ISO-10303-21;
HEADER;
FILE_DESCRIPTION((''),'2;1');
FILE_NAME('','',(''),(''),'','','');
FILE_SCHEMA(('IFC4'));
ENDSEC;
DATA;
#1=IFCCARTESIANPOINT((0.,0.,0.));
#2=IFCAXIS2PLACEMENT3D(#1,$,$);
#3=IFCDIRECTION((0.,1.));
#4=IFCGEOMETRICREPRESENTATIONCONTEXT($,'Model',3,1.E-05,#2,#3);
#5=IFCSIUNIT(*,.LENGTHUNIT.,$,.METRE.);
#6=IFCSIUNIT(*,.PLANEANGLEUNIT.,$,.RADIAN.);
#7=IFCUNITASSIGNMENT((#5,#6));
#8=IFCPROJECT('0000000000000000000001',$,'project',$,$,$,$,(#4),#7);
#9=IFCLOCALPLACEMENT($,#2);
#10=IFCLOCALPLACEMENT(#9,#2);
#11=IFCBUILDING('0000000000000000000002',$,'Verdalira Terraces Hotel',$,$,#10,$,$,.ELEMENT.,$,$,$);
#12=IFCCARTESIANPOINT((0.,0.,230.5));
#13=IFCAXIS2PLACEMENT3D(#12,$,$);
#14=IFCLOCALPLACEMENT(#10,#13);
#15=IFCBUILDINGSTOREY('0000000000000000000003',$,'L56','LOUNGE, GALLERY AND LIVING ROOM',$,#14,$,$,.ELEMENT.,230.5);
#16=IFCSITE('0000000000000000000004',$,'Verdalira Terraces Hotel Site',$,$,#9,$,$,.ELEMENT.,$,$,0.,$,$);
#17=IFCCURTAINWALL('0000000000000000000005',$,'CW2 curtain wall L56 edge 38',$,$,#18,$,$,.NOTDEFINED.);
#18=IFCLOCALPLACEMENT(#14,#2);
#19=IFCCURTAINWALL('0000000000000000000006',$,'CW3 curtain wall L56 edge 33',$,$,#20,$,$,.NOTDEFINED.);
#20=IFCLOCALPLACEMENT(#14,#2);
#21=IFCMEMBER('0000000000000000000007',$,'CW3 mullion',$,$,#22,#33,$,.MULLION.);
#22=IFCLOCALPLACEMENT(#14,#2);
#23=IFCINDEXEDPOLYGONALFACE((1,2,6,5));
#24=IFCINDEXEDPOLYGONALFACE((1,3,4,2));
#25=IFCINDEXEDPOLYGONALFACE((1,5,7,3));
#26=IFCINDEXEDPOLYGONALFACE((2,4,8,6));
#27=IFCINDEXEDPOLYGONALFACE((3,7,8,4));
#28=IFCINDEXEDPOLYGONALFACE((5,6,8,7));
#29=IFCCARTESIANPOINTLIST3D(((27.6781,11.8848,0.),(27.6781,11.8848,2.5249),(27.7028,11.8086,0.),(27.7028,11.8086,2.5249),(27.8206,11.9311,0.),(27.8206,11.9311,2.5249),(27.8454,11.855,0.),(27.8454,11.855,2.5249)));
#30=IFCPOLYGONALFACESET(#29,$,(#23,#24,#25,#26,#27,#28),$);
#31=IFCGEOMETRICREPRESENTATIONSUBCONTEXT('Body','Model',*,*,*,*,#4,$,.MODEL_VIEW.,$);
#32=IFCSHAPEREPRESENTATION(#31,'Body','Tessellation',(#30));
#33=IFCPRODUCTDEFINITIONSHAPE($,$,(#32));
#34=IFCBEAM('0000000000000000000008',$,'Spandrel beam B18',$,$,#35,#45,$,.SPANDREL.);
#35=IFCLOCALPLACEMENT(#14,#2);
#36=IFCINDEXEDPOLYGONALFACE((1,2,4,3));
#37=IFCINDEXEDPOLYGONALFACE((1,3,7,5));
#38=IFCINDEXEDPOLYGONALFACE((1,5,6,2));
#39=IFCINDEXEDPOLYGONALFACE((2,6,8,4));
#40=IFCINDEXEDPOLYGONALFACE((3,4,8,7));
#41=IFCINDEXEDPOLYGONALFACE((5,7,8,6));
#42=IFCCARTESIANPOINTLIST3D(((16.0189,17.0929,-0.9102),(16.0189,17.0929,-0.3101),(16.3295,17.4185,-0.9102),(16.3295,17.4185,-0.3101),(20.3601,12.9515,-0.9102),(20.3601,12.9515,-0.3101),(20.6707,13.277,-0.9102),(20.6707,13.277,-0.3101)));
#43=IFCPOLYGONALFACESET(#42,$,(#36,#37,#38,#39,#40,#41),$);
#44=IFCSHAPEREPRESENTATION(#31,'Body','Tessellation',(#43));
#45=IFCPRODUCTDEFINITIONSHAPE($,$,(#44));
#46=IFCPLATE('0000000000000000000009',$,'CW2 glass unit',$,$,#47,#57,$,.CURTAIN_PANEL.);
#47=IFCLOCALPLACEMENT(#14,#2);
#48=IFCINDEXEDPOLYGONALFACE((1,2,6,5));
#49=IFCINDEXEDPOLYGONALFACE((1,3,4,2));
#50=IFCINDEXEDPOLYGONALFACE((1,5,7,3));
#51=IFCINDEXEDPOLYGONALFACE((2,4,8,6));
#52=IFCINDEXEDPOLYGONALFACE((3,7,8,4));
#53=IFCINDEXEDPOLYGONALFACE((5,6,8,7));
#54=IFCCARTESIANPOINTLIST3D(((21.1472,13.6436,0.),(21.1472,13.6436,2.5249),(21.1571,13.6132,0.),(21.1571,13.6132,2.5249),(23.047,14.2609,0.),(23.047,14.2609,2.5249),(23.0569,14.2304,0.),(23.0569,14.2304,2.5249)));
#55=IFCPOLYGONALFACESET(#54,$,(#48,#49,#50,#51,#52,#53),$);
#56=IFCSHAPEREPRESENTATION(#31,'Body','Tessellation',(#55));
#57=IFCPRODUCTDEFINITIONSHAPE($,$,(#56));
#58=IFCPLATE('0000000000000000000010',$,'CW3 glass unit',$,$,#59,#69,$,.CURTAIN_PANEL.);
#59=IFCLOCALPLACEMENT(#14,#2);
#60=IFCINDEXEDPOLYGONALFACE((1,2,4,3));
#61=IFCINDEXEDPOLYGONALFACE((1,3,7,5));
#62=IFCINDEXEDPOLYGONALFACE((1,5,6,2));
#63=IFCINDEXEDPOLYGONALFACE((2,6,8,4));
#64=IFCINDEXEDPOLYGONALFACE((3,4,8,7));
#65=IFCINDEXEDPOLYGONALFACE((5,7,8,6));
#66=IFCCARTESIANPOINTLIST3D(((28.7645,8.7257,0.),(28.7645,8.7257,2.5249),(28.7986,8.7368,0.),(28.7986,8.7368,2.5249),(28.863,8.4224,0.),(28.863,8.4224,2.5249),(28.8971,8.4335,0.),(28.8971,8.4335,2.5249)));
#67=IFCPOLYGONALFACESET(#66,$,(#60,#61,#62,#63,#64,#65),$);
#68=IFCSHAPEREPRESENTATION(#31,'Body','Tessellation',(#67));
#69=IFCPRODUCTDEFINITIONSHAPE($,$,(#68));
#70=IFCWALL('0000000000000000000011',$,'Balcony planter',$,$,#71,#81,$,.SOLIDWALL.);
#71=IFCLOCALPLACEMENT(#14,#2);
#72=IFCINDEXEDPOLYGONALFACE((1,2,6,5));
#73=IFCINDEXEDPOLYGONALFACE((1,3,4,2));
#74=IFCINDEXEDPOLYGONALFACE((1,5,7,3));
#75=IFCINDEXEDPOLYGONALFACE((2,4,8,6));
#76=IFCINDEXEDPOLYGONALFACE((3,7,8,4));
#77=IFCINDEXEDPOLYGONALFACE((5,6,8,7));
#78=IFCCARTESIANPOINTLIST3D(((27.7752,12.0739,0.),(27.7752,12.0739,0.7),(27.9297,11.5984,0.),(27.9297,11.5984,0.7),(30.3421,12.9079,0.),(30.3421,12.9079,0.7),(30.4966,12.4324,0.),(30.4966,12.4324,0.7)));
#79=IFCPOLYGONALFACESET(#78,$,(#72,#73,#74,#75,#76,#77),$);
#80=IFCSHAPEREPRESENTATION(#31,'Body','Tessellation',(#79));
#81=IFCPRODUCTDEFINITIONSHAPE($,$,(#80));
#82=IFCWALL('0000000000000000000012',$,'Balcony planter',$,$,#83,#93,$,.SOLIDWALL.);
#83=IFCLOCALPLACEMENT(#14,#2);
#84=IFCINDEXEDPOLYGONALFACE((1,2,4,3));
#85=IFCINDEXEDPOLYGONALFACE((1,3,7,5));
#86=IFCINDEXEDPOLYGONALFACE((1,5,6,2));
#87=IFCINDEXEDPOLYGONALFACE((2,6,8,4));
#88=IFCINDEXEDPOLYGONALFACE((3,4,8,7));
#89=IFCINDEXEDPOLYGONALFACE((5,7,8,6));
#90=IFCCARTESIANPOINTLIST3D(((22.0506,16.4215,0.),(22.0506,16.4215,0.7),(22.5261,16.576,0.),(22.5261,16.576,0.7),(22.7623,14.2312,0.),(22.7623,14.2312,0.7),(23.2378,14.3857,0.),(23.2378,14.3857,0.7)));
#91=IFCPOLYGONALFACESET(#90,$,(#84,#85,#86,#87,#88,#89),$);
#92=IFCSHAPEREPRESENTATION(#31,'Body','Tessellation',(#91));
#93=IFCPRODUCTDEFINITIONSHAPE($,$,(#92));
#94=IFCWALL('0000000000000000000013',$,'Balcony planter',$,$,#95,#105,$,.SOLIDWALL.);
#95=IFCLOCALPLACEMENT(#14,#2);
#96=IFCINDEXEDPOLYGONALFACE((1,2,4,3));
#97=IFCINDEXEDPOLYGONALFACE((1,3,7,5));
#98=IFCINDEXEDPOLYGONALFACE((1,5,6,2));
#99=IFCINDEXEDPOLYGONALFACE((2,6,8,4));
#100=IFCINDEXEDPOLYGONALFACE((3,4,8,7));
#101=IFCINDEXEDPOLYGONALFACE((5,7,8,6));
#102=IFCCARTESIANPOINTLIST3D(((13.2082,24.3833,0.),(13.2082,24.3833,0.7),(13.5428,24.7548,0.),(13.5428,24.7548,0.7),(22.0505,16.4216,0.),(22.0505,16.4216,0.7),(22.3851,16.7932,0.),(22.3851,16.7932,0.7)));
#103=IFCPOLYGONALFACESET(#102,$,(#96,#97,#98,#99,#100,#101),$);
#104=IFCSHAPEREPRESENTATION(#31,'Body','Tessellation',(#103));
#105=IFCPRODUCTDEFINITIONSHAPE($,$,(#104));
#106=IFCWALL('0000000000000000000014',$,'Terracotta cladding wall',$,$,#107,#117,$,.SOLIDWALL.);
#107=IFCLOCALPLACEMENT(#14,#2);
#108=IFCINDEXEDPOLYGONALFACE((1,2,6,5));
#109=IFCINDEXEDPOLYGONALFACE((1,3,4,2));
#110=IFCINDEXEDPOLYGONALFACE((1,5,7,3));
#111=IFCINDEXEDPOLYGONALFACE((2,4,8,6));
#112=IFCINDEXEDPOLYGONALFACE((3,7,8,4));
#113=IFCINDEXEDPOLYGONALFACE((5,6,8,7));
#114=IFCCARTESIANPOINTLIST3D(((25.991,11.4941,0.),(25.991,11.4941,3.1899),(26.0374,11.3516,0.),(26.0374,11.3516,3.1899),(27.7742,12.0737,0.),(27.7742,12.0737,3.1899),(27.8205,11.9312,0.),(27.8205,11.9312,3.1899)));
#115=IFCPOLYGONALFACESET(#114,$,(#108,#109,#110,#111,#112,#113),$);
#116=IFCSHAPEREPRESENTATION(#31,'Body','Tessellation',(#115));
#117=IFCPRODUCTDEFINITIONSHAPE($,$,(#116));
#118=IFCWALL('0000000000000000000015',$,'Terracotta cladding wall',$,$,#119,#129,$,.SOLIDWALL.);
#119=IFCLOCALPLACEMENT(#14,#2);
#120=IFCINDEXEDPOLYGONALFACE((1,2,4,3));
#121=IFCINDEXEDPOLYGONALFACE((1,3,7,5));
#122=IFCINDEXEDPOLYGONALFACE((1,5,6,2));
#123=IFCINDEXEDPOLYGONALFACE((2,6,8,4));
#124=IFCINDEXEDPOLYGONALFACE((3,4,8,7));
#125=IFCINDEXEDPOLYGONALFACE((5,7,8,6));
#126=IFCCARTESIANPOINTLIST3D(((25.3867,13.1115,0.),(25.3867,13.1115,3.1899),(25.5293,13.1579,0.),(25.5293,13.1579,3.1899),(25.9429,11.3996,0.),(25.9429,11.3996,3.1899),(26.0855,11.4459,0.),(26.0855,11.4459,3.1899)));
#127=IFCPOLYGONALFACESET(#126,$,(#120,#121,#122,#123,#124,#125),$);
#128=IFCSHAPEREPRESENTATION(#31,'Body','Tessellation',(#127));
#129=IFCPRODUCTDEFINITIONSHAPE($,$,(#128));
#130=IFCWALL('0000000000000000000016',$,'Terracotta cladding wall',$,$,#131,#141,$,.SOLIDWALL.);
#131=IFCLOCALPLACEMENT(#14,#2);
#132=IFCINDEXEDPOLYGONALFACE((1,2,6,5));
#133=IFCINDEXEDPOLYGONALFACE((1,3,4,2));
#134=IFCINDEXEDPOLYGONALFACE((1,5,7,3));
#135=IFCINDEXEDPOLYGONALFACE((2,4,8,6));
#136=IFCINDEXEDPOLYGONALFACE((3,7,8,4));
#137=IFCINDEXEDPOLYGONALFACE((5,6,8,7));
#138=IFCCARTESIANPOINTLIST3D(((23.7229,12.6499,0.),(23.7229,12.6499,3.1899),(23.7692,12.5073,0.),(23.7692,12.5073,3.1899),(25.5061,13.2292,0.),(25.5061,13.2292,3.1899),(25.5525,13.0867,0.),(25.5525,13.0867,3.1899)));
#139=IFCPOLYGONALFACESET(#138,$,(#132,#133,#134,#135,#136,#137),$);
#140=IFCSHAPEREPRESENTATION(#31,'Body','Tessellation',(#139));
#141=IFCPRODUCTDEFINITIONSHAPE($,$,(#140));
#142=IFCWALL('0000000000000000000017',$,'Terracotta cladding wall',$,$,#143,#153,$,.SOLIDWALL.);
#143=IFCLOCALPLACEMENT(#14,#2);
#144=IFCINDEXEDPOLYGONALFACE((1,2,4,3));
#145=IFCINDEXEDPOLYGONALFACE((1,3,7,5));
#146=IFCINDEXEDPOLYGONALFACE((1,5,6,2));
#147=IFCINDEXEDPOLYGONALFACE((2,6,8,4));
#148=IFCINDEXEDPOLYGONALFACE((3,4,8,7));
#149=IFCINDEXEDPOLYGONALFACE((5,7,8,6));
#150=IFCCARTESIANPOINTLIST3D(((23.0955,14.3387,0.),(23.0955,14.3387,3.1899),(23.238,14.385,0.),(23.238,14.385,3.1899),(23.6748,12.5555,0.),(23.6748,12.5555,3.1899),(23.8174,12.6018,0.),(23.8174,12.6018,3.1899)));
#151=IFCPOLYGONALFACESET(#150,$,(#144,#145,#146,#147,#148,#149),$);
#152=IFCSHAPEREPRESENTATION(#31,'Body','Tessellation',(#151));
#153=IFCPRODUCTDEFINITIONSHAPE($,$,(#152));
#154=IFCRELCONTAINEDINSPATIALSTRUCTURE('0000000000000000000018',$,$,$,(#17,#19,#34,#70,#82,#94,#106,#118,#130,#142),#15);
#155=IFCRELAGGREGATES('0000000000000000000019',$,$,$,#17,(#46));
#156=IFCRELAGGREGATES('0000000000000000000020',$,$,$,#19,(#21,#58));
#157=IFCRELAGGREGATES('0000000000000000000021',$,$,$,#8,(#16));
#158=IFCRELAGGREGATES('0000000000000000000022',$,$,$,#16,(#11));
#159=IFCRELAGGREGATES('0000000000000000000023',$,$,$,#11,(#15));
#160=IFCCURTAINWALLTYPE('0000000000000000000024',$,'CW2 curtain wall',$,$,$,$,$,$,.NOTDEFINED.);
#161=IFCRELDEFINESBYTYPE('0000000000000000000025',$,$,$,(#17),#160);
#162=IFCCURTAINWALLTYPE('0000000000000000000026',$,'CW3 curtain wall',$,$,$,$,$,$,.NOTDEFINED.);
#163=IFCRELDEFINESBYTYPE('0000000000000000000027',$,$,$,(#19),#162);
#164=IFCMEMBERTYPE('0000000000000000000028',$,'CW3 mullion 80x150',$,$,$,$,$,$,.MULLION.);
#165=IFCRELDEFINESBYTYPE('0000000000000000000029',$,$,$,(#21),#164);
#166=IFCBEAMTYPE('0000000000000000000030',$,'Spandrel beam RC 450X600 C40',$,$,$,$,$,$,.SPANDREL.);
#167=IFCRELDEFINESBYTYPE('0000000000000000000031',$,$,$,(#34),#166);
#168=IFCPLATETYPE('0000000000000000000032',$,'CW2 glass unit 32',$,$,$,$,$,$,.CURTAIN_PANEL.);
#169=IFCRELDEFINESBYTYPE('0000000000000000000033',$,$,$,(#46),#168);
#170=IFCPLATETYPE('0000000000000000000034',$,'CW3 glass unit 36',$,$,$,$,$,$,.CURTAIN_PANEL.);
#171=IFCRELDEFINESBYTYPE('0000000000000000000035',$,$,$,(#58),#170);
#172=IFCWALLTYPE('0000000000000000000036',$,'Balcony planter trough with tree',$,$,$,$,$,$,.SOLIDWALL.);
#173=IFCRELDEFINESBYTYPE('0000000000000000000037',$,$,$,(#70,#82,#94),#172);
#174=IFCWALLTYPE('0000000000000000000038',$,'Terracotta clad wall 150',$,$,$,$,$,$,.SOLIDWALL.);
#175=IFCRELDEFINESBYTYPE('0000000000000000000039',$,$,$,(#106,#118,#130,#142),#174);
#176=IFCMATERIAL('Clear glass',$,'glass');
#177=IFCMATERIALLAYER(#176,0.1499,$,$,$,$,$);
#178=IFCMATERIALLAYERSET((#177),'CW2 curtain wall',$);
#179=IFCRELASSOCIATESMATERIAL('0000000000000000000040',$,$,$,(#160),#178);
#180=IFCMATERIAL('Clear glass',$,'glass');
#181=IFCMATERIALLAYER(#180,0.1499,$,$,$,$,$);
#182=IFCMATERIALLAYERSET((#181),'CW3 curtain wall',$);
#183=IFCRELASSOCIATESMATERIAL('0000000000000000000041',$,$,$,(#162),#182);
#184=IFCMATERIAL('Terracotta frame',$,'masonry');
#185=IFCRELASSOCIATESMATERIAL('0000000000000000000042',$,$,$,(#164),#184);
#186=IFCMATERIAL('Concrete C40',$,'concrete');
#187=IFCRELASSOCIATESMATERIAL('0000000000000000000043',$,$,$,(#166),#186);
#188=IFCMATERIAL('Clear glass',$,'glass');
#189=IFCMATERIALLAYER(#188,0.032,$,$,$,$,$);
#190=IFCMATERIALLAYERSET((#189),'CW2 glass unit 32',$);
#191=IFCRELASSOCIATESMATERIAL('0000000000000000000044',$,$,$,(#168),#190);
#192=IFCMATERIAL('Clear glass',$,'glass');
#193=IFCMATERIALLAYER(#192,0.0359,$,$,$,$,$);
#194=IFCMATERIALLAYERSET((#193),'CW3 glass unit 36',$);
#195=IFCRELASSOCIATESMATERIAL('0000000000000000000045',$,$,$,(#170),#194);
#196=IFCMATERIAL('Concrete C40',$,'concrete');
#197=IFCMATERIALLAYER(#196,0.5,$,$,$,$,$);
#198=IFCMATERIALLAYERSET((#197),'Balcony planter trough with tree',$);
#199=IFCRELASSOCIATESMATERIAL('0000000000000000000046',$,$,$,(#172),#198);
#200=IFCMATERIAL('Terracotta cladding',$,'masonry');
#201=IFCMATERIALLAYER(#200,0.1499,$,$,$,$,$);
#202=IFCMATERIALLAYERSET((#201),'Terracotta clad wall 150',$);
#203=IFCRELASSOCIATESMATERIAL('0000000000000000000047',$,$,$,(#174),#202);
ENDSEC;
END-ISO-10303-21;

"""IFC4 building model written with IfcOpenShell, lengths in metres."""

from ifc_helpers import new_model, si_unit, direction, frame, frame_2d, origin, origin_2d, place, context, subcontext, project, spatial, rectangle, extrude, material, layer, layer_set, material_profile, profile_set, type_object, element, aggregate, save


model = new_model("IFC4")

# Units and contexts
model_context = context("Model", 3, precision=1e-05, world=origin(), true_north=direction((0.0, 1.0)))
body_context = subcontext(model_context, "Body", "Model", "MODEL_VIEW")
ifc_project = project(units=[si_unit("LENGTHUNIT", "METRE"), si_unit("PLANEANGLEUNIT", "RADIAN")], contexts=[model_context])

# Site, building, storey
site_placement = place(None, origin())
site = spatial("IfcSite", under=ifc_project, at=site_placement, Name="Verdalira Terraces Hotel Site", CompositionType="ELEMENT", RefElevation=0.0)
building_placement = place(site_placement, origin())
building = spatial("IfcBuilding", under=site, at=building_placement, Name="Verdalira Terraces Hotel", CompositionType="ELEMENT")
storey_placement = place(building_placement, frame((0.0, 0.0, 230.5)))
storey = spatial("IfcBuildingStorey", under=building, at=storey_placement, Name="L56", Description="LOUNGE, GALLERY AND LIVING ROOM", CompositionType="ELEMENT", Elevation=230.5)

# Curtain wall
ifc_material_1 = material(Name="Clear glass", Category="glass")
ifc_layer_1 = layer(ifc_material_1, 0.1499)
ifc_layer_set_1 = layer_set([ifc_layer_1], Name="CW2 curtain wall")
curtain_wall_type_1 = type_object("IfcCurtainWallType", Name="CW2 curtain wall", PredefinedType="NOTDEFINED", material=ifc_layer_set_1)
curtain_wall_1_placement = place(storey_placement, origin())
curtain_wall_1 = element("IfcCurtainWall", 1, at=curtain_wall_1_placement, inside=storey, type_object=curtain_wall_type_1, Name="CW2 curtain wall L56 edge 38", PredefinedType="NOTDEFINED")

# Curtain wall, member
ifc_material_2 = material(Name="Clear glass", Category="glass")
ifc_layer_2 = layer(ifc_material_2, 0.1499)
ifc_layer_set_2 = layer_set([ifc_layer_2], Name="CW3 curtain wall")
curtain_wall_type_2 = type_object("IfcCurtainWallType", Name="CW3 curtain wall", PredefinedType="NOTDEFINED", material=ifc_layer_set_2)
curtain_wall_2_placement = place(storey_placement, origin())
curtain_wall_2 = element("IfcCurtainWall", 2, at=curtain_wall_2_placement, inside=storey, type_object=curtain_wall_type_2, Name="CW3 curtain wall L56 edge 33", PredefinedType="NOTDEFINED")
ifc_material_3 = material(Name="Terracotta frame", Category="masonry")
ifc_material_profile_1 = material_profile(ifc_material_3, rectangle(XDim=0.0801, YDim=0.1499, at=origin_2d()), Name="MU 80x150")
ifc_profile_set_1 = profile_set([ifc_material_profile_1], Name="Terracotta frame")
member_type_1 = type_object("IfcMemberType", Name="CW3 mullion 80x150", PredefinedType="MULLION", material=ifc_profile_set_1)
member_1_placement = place(storey_placement, frame((27.7617, 11.8699, 0.0), z_axis=(0.0, 0.0, 1.0), x_axis=(-0.309017, 0.951057, 0.0)))
member_1 = element("IfcMember", 3, at=member_1_placement, type_object=member_type_1, Name="CW3 mullion", PredefinedType="MULLION", context=body_context, shape_type="SweptSolid", body=[
    extrude(rectangle(XDim=0.0801, YDim=0.1499, at=origin_2d()), origin(), (0.0, 0.0, 1.0), 2.5249),
])

# Beam
ifc_material_4 = material(Name="Concrete C40", Category="concrete")
ifc_material_profile_2 = material_profile(ifc_material_4, rectangle(XDim=0.45, YDim=0.6001, at=origin_2d()), Name="RC 450X600")
ifc_profile_set_2 = profile_set([ifc_material_profile_2], Name="Concrete C40")
beam_type_1 = type_object("IfcBeamType", Name="Spandrel beam RC 450X600 C40", PredefinedType="SPANDREL", material=ifc_profile_set_2)
beam_1_placement = place(storey_placement, frame((20.5154, 13.1143, -0.6101), z_axis=(-0.723554, 0.690268, 0.0), x_axis=(-0.690268, -0.723554, 0.0)))
element("IfcBeam", 4, at=beam_1_placement, inside=storey, type_object=beam_type_1, Name="Spandrel beam B18", PredefinedType="SPANDREL", context=body_context, shape_type="SweptSolid", body=[
    extrude(rectangle(XDim=0.45, YDim=0.6001, at=origin_2d()), origin(), (0.0, 0.0, 1.0), 5.9998),
])

# Plates
ifc_material_5 = material(Name="Clear glass", Category="glass")
ifc_layer_3 = layer(ifc_material_5, 0.032)
ifc_layer_set_3 = layer_set([ifc_layer_3], Name="CW2 glass unit 32")
plate_type_1 = type_object("IfcPlateType", Name="CW2 glass unit 32", PredefinedType="CURTAIN_PANEL", material=ifc_layer_set_3)
plate_1_placement = place(storey_placement, frame((22.1021, 13.937, 0.0), z_axis=(0.0, 0.0, 1.0), x_axis=(-0.951057, -0.309017, 0.0)))
plate_1 = element("IfcPlate", 5, at=plate_1_placement, type_object=plate_type_1, Name="CW2 glass unit", PredefinedType="CURTAIN_PANEL", context=body_context, shape_type="SweptSolid", body=[
    extrude(rectangle(XDim=1.9976, YDim=0.032, at=origin_2d()), origin(), (0.0, 0.0, 1.0), 2.5249),
])
aggregate(curtain_wall_1, [plate_1])
ifc_material_6 = material(Name="Clear glass", Category="glass")
ifc_layer_4 = layer(ifc_material_6, 0.0359)
ifc_layer_set_4 = layer_set([ifc_layer_4], Name="CW3 glass unit 36")
plate_type_2 = type_object("IfcPlateType", Name="CW3 glass unit 36", PredefinedType="CURTAIN_PANEL", material=ifc_layer_set_4)
plate_2_placement = place(storey_placement, frame((28.8308, 8.5796, 0.0), z_axis=(0.0, 0.0, 1.0), x_axis=(-0.309017, 0.951057, 0.0)))
plate_2 = element("IfcPlate", 6, at=plate_2_placement, type_object=plate_type_2, Name="CW3 glass unit", PredefinedType="CURTAIN_PANEL", context=body_context, shape_type="SweptSolid", body=[
    extrude(rectangle(XDim=0.3188, YDim=0.0359, at=origin_2d()), origin(), (0.0, 0.0, 1.0), 2.5249),
])
aggregate(curtain_wall_2, [member_1, plate_2])

# Walls
ifc_material_7 = material(Name="Concrete C40", Category="concrete")
ifc_layer_5 = layer(ifc_material_7, 0.5)
ifc_layer_set_5 = layer_set([ifc_layer_5], Name="Balcony planter trough with tree")
wall_type_1 = type_object("IfcWallType", Name="Balcony planter trough with tree", PredefinedType="SOLIDWALL", material=ifc_layer_set_5)
wall_1_placement = place(storey_placement, frame((30.4194, 12.6702, 0.0), z_axis=(0.0, 0.0, 1.0), x_axis=(-0.951062, -0.309, 0.0)))
element("IfcWall", 7, at=wall_1_placement, inside=storey, type_object=wall_type_1, Name="Balcony planter", PredefinedType="SOLIDWALL", context=body_context, shape_type="SweptSolid", body=[
    extrude(rectangle(XDim=2.699, YDim=0.5, at=frame_2d((1.3496, 0.0))), origin(), (0.0, 0.0, 1.0), 0.7),
])
wall_2_placement = place(storey_placement, frame((23.0, 14.3086, 0.0), z_axis=(0.0, 0.0, 1.0), x_axis=(-0.309031, 0.951052, 0.0)))
element("IfcWall", 8, at=wall_2_placement, inside=storey, type_object=wall_type_1, Name="Balcony planter", PredefinedType="SOLIDWALL", context=body_context, shape_type="SweptSolid", body=[
    extrude(rectangle(XDim=2.303, YDim=0.5, at=frame_2d((1.1514, 0.0))), origin(), (0.0, 0.0, 1.0), 0.7),
])
wall_3_placement = place(storey_placement, frame((22.2178, 16.6074, 0.0), z_axis=(0.0, 0.0, 1.0), x_axis=(-0.743143, 0.669132, 0.0)))
element("IfcWall", 9, at=wall_3_placement, inside=storey, type_object=wall_type_1, Name="Balcony planter", PredefinedType="SOLIDWALL", context=body_context, shape_type="SweptSolid", body=[
    extrude(rectangle(XDim=11.8984, YDim=0.5, at=frame_2d((5.9492, 0.0))), origin(), (0.0, 0.0, 1.0), 0.7),
])
ifc_material_8 = material(Name="Terracotta cladding", Category="masonry")
ifc_layer_6 = layer(ifc_material_8, 0.1499)
ifc_layer_set_6 = layer_set([ifc_layer_6], Name="Terracotta clad wall 150")
wall_type_2 = type_object("IfcWallType", Name="Terracotta clad wall 150", PredefinedType="SOLIDWALL", material=ifc_layer_set_6)
wall_4_placement = place(storey_placement, frame((27.7974, 12.0024, 0.0), z_axis=(0.0, 0.0, 1.0), x_axis=(-0.951026, -0.30911, 0.0)))
element("IfcWall", 10, at=wall_4_placement, inside=storey, type_object=wall_type_2, Name="Terracotta cladding wall", PredefinedType="SOLIDWALL", context=body_context, shape_type="SweptSolid", body=[
    extrude(rectangle(XDim=1.875, YDim=0.1499, at=frame_2d((0.9375, 0.0))), origin(), (0.0, 0.0, 1.0), 3.1899),
])
wall_5_placement = place(storey_placement, frame((26.0142, 11.4229, 0.0), z_axis=(0.0, 0.0, 1.0), x_axis=(-0.308976, 0.95107, 0.0)))
element("IfcWall", 11, at=wall_5_placement, inside=storey, type_object=wall_type_2, Name="Terracotta cladding wall", PredefinedType="SOLIDWALL", context=body_context, shape_type="SweptSolid", body=[
    extrude(rectangle(XDim=1.8, YDim=0.1499, at=frame_2d((0.8999, 0.0))), origin(), (0.0, 0.0, 1.0), 3.1899),
])
for number, where, z_axis, x_axis, name in (
    (12, (25.5293, 13.158, 0.0), (0.0, 0.0, 1.0), (-0.951065, -0.308992, 0.0), "Terracotta cladding wall"),
    (13, (23.7461, 12.5786, 0.0), (0.0, 0.0, 1.0), (-0.308992, 0.951065, 0.0), "Terracotta cladding wall"),
):
    element("IfcWall", number, at=place(storey_placement, frame(where, z_axis=z_axis, x_axis=x_axis)), inside=storey, type_object=wall_type_2, Name=name, PredefinedType="SOLIDWALL", context=body_context, shape_type="SweptSolid", body=[
        extrude(rectangle(XDim=1.875, YDim=0.1499, at=frame_2d((0.9375, 0.0))), origin(), (0.0, 0.0, 1.0), 3.1899),
    ])

save(model, "model.ifc")
